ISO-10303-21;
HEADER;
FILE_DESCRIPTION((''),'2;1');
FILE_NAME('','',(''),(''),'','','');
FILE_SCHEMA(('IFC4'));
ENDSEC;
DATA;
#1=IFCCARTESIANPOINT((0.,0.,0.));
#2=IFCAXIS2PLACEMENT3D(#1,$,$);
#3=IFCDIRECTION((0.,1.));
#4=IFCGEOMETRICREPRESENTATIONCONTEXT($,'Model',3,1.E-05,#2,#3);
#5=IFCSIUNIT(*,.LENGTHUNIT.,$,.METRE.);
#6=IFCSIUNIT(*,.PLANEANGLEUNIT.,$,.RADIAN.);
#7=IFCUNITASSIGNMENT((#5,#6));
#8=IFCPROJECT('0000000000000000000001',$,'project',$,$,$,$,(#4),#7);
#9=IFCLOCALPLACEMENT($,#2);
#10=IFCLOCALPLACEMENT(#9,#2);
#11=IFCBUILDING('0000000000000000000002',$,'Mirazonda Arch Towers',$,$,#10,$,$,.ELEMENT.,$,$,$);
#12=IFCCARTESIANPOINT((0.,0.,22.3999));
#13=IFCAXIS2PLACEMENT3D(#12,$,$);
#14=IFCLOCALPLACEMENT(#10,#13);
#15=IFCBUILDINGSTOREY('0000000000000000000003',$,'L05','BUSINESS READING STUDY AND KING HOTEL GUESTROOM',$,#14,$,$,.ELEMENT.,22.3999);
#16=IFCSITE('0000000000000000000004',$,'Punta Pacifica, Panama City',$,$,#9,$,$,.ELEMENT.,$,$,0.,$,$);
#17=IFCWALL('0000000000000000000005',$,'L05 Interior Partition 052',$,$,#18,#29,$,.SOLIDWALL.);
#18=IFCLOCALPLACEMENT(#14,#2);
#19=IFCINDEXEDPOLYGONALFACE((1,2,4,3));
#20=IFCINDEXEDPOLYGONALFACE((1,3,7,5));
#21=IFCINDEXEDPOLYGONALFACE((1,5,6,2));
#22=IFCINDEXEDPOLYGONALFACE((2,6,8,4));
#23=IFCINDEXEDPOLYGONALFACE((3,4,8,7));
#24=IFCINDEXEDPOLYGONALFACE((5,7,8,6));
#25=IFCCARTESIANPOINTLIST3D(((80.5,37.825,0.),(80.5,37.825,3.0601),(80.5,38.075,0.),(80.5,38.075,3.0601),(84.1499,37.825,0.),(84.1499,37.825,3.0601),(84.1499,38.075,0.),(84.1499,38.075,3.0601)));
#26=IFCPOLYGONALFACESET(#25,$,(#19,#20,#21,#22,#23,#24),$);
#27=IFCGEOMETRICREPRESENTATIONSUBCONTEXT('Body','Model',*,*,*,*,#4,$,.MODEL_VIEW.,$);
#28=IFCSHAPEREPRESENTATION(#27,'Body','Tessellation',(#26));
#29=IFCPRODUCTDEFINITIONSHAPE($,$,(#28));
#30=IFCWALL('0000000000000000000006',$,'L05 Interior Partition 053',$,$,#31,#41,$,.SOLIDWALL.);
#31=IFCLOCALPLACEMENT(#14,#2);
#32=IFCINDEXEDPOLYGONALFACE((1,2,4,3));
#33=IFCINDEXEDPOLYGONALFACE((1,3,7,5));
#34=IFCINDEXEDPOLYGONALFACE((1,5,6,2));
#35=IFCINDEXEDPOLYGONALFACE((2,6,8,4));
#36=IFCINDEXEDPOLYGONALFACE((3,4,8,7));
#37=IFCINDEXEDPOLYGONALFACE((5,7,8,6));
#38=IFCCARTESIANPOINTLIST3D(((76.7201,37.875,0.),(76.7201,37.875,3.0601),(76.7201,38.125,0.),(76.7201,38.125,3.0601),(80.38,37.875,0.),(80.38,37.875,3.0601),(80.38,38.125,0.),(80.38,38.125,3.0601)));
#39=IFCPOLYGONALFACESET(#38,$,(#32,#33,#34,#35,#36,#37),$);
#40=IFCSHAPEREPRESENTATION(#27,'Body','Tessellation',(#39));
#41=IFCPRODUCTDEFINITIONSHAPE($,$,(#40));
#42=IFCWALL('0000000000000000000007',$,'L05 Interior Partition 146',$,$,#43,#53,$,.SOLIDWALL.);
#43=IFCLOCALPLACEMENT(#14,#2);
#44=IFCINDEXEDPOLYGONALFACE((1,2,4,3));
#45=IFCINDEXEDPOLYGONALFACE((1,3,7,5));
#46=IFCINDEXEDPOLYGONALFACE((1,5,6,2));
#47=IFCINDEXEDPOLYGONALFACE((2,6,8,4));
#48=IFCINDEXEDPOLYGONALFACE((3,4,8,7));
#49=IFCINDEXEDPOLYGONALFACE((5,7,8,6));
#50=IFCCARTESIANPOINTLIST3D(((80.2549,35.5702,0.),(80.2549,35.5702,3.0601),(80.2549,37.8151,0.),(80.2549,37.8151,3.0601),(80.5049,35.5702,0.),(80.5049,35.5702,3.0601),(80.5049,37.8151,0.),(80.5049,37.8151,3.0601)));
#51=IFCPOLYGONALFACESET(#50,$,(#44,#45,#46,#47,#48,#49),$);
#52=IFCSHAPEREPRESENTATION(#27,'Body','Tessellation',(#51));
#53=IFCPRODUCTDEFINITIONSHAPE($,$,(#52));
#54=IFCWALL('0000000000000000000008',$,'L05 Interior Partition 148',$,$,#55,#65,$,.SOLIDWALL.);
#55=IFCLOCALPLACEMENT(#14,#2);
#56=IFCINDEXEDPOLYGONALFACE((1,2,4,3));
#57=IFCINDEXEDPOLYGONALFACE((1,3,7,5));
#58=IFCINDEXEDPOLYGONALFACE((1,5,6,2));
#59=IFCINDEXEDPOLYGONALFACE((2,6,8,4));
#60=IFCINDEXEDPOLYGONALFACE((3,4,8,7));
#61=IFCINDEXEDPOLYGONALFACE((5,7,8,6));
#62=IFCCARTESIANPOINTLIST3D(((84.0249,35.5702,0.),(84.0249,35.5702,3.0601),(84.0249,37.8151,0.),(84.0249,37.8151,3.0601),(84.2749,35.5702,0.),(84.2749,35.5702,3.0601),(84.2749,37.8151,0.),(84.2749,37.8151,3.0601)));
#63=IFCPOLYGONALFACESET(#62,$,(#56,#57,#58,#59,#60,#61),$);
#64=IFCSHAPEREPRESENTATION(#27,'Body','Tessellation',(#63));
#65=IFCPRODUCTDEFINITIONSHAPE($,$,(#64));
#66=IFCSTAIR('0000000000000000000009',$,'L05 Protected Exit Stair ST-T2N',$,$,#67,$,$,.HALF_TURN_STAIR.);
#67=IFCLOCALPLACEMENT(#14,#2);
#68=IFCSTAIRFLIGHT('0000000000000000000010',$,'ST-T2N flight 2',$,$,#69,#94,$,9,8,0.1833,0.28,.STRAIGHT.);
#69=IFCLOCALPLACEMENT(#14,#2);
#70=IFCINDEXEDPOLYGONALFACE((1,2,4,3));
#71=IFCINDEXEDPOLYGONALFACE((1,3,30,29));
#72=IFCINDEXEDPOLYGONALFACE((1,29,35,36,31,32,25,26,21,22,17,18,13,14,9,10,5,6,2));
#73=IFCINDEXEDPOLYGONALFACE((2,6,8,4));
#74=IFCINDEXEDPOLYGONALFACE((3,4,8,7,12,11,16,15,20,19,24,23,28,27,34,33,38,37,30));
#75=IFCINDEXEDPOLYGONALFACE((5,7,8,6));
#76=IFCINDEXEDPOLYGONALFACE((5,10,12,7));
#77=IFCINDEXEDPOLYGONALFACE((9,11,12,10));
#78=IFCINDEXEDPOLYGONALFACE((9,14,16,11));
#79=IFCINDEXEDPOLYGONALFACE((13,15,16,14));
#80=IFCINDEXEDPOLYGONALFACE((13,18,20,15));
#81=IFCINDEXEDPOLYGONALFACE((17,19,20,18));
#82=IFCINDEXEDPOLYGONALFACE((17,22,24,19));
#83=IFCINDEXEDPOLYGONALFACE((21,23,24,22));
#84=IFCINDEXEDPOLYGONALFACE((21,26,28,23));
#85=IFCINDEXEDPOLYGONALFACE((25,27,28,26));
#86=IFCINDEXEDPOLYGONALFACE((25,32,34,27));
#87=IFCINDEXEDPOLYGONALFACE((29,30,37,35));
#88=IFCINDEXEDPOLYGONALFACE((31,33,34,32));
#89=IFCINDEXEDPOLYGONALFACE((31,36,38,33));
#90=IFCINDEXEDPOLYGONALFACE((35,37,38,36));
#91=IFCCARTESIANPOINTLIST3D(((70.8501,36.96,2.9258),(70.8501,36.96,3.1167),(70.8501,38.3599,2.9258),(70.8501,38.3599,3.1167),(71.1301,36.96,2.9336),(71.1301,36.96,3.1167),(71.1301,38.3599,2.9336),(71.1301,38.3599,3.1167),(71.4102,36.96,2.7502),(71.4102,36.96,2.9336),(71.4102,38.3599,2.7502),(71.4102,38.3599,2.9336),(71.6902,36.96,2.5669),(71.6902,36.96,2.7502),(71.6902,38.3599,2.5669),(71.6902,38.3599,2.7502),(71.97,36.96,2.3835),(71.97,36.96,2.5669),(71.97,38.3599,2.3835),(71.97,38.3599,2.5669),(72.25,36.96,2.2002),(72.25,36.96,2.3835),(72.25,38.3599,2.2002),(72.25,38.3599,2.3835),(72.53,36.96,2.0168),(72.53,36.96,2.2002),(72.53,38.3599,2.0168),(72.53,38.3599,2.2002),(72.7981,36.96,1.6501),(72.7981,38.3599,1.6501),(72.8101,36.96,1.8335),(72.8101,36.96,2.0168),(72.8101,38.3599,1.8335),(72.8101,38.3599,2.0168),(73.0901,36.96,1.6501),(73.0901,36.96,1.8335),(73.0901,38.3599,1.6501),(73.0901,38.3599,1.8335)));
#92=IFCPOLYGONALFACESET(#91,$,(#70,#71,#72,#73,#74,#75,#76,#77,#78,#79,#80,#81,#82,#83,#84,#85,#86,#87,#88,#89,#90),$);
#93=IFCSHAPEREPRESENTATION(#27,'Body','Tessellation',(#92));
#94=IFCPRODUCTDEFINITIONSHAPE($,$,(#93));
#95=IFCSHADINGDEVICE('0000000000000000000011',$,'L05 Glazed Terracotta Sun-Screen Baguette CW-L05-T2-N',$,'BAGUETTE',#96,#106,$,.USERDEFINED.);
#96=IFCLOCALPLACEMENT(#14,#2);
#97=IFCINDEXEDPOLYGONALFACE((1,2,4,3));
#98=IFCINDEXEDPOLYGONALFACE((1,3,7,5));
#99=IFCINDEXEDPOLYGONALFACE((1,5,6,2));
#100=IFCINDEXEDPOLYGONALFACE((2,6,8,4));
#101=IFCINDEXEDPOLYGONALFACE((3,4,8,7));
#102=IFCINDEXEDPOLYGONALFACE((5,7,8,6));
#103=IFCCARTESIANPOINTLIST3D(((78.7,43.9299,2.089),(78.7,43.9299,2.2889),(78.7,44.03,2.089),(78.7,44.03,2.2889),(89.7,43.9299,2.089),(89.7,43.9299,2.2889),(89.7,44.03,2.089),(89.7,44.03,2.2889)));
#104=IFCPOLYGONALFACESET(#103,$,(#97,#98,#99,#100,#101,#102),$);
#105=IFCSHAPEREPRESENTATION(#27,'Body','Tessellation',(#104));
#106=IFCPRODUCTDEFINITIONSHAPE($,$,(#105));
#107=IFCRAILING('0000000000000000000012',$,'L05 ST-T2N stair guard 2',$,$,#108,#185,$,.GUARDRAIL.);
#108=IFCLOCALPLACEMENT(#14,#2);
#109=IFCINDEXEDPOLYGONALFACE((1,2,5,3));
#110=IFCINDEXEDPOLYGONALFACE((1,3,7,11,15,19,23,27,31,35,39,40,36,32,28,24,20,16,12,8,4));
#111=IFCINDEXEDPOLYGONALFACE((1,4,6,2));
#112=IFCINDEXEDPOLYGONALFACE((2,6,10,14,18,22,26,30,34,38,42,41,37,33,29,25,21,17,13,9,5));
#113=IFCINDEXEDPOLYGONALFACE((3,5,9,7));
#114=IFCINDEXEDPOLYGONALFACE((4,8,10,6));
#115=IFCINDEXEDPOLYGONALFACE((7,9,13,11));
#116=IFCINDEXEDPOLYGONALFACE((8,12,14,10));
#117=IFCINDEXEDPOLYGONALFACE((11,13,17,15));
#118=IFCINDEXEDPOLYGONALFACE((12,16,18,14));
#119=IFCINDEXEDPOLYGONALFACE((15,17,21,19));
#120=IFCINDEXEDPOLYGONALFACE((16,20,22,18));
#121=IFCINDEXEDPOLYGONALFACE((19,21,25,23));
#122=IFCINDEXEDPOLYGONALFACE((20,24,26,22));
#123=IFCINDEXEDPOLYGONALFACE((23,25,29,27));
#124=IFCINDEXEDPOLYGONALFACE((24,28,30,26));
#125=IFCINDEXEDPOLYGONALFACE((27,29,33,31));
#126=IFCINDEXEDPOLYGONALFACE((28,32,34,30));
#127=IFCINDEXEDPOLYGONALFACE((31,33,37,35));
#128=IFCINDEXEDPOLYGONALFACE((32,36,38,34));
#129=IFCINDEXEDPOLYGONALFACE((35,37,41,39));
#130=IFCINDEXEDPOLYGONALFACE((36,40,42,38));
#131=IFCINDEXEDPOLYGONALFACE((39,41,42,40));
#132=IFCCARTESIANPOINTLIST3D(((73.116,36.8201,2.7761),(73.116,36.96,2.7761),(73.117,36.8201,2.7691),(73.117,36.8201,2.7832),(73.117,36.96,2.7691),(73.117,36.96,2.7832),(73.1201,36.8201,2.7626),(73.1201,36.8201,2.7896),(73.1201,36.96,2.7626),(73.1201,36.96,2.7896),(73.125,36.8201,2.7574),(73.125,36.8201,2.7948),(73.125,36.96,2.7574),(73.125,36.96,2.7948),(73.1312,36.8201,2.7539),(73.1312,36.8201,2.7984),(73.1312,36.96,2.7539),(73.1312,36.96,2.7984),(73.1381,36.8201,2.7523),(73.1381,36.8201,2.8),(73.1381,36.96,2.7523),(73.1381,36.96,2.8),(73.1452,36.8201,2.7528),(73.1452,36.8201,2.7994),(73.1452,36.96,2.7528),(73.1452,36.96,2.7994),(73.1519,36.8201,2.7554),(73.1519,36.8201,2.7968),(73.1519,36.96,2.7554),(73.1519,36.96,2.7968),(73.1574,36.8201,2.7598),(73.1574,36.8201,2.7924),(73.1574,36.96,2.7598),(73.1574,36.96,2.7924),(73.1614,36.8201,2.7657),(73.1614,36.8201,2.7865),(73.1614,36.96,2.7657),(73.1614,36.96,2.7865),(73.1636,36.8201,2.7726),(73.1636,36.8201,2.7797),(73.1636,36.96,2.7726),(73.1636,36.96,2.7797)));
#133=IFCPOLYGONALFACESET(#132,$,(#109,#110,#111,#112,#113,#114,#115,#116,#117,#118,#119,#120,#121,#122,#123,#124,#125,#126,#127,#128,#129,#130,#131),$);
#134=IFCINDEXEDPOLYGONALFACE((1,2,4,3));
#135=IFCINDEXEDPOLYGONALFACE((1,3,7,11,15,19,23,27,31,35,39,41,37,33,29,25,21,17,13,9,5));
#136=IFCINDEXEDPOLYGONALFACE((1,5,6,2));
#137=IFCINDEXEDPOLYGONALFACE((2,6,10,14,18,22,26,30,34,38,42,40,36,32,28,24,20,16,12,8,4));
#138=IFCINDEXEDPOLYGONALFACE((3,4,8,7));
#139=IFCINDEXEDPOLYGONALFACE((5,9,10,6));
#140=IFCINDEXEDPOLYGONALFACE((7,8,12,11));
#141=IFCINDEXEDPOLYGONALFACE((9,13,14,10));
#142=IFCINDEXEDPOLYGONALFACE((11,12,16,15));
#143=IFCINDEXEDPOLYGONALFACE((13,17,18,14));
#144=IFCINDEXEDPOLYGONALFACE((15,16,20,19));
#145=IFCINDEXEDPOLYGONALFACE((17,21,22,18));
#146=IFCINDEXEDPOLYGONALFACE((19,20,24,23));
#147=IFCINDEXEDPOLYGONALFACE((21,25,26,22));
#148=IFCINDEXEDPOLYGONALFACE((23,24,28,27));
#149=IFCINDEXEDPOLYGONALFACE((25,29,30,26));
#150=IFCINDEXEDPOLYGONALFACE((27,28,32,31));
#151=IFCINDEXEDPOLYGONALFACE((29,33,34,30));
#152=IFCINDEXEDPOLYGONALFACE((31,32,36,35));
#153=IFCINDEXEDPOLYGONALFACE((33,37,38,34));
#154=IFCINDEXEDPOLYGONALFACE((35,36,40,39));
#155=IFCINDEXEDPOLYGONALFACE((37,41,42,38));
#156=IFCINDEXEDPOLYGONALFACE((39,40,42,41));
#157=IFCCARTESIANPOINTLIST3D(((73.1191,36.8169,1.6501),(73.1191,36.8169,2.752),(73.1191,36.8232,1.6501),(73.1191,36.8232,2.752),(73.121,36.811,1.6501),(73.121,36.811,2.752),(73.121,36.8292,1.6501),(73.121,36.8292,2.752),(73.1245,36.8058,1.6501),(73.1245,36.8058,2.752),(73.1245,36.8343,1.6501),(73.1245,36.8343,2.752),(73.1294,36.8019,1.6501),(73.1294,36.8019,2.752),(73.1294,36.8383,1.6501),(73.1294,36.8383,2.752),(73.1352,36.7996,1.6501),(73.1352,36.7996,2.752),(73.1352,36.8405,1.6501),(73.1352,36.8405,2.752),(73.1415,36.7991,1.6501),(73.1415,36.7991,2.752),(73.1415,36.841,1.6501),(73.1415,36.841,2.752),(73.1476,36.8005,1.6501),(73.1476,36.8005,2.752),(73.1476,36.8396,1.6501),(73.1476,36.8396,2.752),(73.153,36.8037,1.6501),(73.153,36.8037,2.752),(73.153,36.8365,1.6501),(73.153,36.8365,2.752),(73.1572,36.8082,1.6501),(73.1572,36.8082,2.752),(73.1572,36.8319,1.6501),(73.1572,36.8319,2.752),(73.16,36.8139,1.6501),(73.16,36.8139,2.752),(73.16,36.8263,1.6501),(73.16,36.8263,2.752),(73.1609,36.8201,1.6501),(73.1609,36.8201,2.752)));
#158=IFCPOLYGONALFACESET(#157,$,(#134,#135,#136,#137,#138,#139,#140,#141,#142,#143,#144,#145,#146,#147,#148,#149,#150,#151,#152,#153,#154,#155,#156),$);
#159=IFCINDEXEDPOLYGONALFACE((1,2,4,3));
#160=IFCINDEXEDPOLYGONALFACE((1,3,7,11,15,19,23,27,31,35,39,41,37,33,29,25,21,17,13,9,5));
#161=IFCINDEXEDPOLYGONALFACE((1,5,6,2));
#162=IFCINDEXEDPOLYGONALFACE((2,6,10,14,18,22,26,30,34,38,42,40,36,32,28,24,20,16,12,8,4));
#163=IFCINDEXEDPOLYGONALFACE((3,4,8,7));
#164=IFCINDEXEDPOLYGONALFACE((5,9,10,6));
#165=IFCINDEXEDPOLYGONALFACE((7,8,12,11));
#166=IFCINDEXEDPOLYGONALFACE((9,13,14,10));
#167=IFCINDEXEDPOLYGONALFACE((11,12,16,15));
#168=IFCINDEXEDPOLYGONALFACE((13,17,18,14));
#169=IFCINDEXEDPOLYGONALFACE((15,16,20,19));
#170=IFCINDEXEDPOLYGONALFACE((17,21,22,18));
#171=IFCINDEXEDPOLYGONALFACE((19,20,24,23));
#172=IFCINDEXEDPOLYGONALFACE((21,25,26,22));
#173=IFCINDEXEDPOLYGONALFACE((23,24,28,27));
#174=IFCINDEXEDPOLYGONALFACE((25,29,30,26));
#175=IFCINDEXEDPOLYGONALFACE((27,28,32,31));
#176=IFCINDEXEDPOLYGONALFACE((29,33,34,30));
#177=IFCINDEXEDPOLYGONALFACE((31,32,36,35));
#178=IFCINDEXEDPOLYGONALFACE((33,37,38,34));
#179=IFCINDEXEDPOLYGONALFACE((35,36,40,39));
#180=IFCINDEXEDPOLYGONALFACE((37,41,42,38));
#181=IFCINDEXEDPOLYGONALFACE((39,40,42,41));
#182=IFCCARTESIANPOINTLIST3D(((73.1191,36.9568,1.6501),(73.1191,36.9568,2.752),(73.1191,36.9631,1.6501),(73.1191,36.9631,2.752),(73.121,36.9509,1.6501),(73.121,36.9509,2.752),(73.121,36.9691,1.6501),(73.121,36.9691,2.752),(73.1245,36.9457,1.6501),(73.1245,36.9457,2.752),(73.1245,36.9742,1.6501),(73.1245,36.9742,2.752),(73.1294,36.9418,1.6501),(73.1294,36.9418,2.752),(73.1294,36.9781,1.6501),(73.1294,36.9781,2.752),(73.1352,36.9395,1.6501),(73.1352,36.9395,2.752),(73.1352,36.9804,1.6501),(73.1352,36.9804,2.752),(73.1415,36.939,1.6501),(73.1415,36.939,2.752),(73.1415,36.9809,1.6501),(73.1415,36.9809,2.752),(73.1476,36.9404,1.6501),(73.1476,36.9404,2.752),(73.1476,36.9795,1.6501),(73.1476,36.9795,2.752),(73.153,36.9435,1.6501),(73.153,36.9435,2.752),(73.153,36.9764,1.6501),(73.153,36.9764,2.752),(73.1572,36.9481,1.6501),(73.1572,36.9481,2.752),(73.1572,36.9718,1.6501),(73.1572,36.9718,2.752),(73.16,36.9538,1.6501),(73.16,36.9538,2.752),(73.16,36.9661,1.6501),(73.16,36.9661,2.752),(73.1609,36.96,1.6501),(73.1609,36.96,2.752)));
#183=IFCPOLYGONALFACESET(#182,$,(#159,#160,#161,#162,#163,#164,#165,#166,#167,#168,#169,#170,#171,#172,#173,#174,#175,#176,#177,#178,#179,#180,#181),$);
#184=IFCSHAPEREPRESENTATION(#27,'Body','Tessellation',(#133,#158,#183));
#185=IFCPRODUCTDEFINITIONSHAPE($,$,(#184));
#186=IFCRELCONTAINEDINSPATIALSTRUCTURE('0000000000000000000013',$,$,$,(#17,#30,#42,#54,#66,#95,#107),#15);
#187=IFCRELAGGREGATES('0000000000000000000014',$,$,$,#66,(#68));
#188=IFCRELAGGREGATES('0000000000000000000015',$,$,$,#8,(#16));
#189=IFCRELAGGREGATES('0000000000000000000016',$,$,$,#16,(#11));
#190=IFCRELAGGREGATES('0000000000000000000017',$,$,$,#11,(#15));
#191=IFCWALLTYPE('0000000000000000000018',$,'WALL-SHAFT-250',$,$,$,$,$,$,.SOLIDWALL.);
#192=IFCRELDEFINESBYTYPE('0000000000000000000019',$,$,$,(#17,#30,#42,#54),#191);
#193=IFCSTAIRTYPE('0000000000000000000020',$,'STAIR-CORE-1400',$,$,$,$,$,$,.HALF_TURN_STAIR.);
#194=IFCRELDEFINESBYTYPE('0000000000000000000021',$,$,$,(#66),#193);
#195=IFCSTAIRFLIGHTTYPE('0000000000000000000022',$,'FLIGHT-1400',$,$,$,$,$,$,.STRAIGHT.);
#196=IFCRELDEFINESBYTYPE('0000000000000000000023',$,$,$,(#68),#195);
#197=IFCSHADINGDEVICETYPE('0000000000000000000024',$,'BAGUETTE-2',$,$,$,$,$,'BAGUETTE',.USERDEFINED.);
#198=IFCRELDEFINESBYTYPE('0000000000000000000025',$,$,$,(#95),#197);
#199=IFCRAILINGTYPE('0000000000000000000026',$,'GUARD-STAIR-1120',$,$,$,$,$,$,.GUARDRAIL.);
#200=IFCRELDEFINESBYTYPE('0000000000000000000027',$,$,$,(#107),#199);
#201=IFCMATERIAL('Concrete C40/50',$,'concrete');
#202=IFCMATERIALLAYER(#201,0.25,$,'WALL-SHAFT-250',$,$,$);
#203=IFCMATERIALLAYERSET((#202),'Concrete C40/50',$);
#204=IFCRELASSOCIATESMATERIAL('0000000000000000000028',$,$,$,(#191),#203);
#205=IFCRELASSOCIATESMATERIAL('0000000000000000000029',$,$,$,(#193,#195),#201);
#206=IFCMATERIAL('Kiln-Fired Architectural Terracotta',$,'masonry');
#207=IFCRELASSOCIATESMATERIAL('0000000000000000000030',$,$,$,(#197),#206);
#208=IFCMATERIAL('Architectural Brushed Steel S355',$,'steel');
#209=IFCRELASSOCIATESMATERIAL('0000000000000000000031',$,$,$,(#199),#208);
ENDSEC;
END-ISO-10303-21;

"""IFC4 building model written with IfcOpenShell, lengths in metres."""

from ifc_helpers import new_model, si_unit, direction, frame, frame_2d, origin, origin_2d, place, context, subcontext, project, spatial, polyline, rectangle, circle, outline, extrude, material, layer, layer_set, material_profile, profile_set, type_object, element, aggregate, save


model = new_model("IFC4")

# Units and contexts
model_context = context("Model", 3, precision=1e-05, world=origin(), true_north=direction((0.0, 1.0)))
body_context = subcontext(model_context, "Body", "Model", "MODEL_VIEW")
ifc_project = project(units=[si_unit("LENGTHUNIT", "METRE"), si_unit("PLANEANGLEUNIT", "RADIAN")], contexts=[model_context])

# Site, building, storey
site_placement = place(None, origin())
site = spatial("IfcSite", under=ifc_project, at=site_placement, Name="Punta Pacifica, Panama City", CompositionType="ELEMENT", RefElevation=0.0)
building_placement = place(site_placement, origin())
building = spatial("IfcBuilding", under=site, at=building_placement, Name="Mirazonda Arch Towers", CompositionType="ELEMENT")
storey_placement = place(building_placement, frame((0.0, 0.0, 22.3999)))
storey = spatial("IfcBuildingStorey", under=building, at=storey_placement, Name="L05", Description="BUSINESS READING STUDY AND KING HOTEL GUESTROOM", CompositionType="ELEMENT", Elevation=22.3999)

# Shared definitions
ifc_material_1 = material(Name="Concrete C40/50", Category="concrete")
ifc_material_2 = material(Name="Architectural Brushed Steel S355", Category="steel")

# Walls
ifc_layer_1 = layer(ifc_material_1, 0.25, Name="WALL-SHAFT-250")
ifc_layer_set_1 = layer_set([ifc_layer_1], Name="Concrete C40/50")
wall_type_1 = type_object("IfcWallType", Name="WALL-SHAFT-250", PredefinedType="SOLIDWALL", material=ifc_layer_set_1)
wall_1_placement = place(storey_placement, frame((80.5, 37.95, 0.0), z_axis=(0.0, 0.0, 1.0), x_axis=(1.0, 0.0, 0.0)))
element("IfcWall", 1, at=wall_1_placement, inside=storey, type_object=wall_type_1, Name="L05 Interior Partition 052", PredefinedType="SOLIDWALL", context=body_context, shape_type="SweptSolid", body=[
    extrude(rectangle(XDim=3.6499, YDim=0.25, at=frame_2d((1.825, 0.0))), origin(), (0.0, 0.0, 1.0), 3.0601),
])
wall_2_placement = place(storey_placement, frame((76.72, 38.0, 0.0), z_axis=(0.0, 0.0, 1.0), x_axis=(1.0, 0.0, 0.0)))
element("IfcWall", 2, at=wall_2_placement, inside=storey, type_object=wall_type_1, Name="L05 Interior Partition 053", PredefinedType="SOLIDWALL", context=body_context, shape_type="SweptSolid", body=[
    extrude(rectangle(XDim=3.6599, YDim=0.25, at=frame_2d((1.8301, 0.0))), origin(), (0.0, 0.0, 1.0), 3.0601),
])
for number, where, z_axis, x_axis, name in (
    (3, (80.3799, 35.5701, 0.0), (0.0, 0.0, 1.0), (0.0, 1.0, 0.0), "L05 Interior Partition 146"),
    (4, (84.1499, 35.5701, 0.0), (0.0, 0.0, 1.0), (0.0, 1.0, 0.0), "L05 Interior Partition 148"),
):
    element("IfcWall", number, at=place(storey_placement, frame(where, z_axis=z_axis, x_axis=x_axis)), inside=storey, type_object=wall_type_1, Name=name, PredefinedType="SOLIDWALL", context=body_context, shape_type="SweptSolid", body=[
        extrude(rectangle(XDim=2.2449, YDim=0.25, at=frame_2d((1.1226, 0.0))), origin(), (0.0, 0.0, 1.0), 3.0601),
    ])

# Stair, stair flight
stair_type = type_object("IfcStairType", Name="STAIR-CORE-1400", PredefinedType="HALF_TURN_STAIR", material=ifc_material_1)
stair_placement = place(storey_placement, origin())
stair = element("IfcStair", 5, at=stair_placement, inside=storey, type_object=stair_type, Name="L05 Protected Exit Stair ST-T2N", PredefinedType="HALF_TURN_STAIR")
stair_flight_type = type_object("IfcStairFlightType", Name="FLIGHT-1400", PredefinedType="STRAIGHT", material=ifc_material_1)
stair_flight_placement = place(storey_placement, frame((73.0901, 37.6599, 1.6501), z_axis=(0.0, 0.0, 1.0), x_axis=(-1.0, 0.0, 0.0)))
stair_flight = element("IfcStairFlight", 6, at=stair_flight_placement, type_object=stair_flight_type, Name="ST-T2N flight 2", NumberOfRisers=9, NumberOfTreads=8, PredefinedType="STRAIGHT", RiserHeight=0.1833, TreadLength=0.28, context=body_context, shape_type="SweptSolid", body=[
    extrude(outline(polyline([(0.0, 0.0), (0.0, 0.1833), (0.28, 0.1833), (0.28, 0.3667), (0.5601, 0.3667), (0.5601, 0.55), (0.8401, 0.55), (0.8401, 0.7334), (1.1201, 0.7334), (1.1201, 0.9167), (1.3999, 0.9167), (1.3999, 1.1001), (1.6799, 1.1001), (1.6799, 1.2834), (1.96, 1.2834), (1.96, 1.4666), (2.24, 1.4666), (2.24, 1.6499), (2.24, 1.2756), (0.292, 0.0), (0.0, 0.0)])), frame((0.0, 0.7, 0.0), z_axis=(0.0, -1.0, 0.0), x_axis=(1.0, 0.0, 0.0)), (0.0, 0.0, 1.0), 1.3999),
])
aggregate(stair, [stair_flight])

# Shading device
ifc_material_3 = material(Name="Kiln-Fired Architectural Terracotta", Category="masonry")
ifc_material_profile_1 = material_profile(ifc_material_3, rectangle(XDim=0.1001, YDim=0.2, at=origin_2d()), Name="TERRA-BAG-100x200")
ifc_profile_set_1 = profile_set([ifc_material_profile_1], Name="Kiln-Fired Architectural Terracotta")
shading_device_type = type_object("IfcShadingDeviceType", Name="BAGUETTE-2", ElementType="BAGUETTE", PredefinedType="USERDEFINED", material=ifc_profile_set_1)
shading_device_placement = place(storey_placement, frame((78.7, 43.98, 2.189), z_axis=(1.0, 0.0, 0.0), x_axis=(0.0, 1.0, 0.0)))
element("IfcShadingDevice", 7, at=shading_device_placement, inside=storey, type_object=shading_device_type, Name="L05 Glazed Terracotta Sun-Screen Baguette CW-L05-T2-N", ObjectType="BAGUETTE", PredefinedType="USERDEFINED", context=body_context, shape_type="SweptSolid", body=[
    extrude(rectangle(XDim=0.1001, YDim=0.2, at=origin_2d()), origin(), (0.0, 0.0, 1.0), 11.0),
])

# Railing
railing_type_1 = type_object("IfcRailingType", Name="GUARD-STAIR-1120", PredefinedType="GUARDRAIL", material=ifc_material_2)
railing_1_placement = place(storey_placement, frame((73.1399, 36.8201, 1.6501)))
element("IfcRailing", 8, at=railing_1_placement, inside=storey, type_object=railing_type_1, Name="L05 ST-T2N stair guard 2", PredefinedType="GUARDRAIL", context=body_context, shape_type="SweptSolid", body=[
    extrude(circle(Radius=0.0239, at=origin_2d()), frame((0.0, 0.0, 1.126), z_axis=(0.0, 1.0, 0.0), x_axis=(-1.0, 0.0, 0.0)), (0.0, 0.0, 1.0), 0.1399),
    extrude(circle(Radius=0.021, at=origin_2d()), origin(), (0.0, 0.0, 1.0), 1.1018),
    extrude(circle(Radius=0.021, at=origin_2d()), frame((0.0, 0.1399, 0.0)), (0.0, 0.0, 1.0), 1.1018),
])

save(model, "model.ifc")
